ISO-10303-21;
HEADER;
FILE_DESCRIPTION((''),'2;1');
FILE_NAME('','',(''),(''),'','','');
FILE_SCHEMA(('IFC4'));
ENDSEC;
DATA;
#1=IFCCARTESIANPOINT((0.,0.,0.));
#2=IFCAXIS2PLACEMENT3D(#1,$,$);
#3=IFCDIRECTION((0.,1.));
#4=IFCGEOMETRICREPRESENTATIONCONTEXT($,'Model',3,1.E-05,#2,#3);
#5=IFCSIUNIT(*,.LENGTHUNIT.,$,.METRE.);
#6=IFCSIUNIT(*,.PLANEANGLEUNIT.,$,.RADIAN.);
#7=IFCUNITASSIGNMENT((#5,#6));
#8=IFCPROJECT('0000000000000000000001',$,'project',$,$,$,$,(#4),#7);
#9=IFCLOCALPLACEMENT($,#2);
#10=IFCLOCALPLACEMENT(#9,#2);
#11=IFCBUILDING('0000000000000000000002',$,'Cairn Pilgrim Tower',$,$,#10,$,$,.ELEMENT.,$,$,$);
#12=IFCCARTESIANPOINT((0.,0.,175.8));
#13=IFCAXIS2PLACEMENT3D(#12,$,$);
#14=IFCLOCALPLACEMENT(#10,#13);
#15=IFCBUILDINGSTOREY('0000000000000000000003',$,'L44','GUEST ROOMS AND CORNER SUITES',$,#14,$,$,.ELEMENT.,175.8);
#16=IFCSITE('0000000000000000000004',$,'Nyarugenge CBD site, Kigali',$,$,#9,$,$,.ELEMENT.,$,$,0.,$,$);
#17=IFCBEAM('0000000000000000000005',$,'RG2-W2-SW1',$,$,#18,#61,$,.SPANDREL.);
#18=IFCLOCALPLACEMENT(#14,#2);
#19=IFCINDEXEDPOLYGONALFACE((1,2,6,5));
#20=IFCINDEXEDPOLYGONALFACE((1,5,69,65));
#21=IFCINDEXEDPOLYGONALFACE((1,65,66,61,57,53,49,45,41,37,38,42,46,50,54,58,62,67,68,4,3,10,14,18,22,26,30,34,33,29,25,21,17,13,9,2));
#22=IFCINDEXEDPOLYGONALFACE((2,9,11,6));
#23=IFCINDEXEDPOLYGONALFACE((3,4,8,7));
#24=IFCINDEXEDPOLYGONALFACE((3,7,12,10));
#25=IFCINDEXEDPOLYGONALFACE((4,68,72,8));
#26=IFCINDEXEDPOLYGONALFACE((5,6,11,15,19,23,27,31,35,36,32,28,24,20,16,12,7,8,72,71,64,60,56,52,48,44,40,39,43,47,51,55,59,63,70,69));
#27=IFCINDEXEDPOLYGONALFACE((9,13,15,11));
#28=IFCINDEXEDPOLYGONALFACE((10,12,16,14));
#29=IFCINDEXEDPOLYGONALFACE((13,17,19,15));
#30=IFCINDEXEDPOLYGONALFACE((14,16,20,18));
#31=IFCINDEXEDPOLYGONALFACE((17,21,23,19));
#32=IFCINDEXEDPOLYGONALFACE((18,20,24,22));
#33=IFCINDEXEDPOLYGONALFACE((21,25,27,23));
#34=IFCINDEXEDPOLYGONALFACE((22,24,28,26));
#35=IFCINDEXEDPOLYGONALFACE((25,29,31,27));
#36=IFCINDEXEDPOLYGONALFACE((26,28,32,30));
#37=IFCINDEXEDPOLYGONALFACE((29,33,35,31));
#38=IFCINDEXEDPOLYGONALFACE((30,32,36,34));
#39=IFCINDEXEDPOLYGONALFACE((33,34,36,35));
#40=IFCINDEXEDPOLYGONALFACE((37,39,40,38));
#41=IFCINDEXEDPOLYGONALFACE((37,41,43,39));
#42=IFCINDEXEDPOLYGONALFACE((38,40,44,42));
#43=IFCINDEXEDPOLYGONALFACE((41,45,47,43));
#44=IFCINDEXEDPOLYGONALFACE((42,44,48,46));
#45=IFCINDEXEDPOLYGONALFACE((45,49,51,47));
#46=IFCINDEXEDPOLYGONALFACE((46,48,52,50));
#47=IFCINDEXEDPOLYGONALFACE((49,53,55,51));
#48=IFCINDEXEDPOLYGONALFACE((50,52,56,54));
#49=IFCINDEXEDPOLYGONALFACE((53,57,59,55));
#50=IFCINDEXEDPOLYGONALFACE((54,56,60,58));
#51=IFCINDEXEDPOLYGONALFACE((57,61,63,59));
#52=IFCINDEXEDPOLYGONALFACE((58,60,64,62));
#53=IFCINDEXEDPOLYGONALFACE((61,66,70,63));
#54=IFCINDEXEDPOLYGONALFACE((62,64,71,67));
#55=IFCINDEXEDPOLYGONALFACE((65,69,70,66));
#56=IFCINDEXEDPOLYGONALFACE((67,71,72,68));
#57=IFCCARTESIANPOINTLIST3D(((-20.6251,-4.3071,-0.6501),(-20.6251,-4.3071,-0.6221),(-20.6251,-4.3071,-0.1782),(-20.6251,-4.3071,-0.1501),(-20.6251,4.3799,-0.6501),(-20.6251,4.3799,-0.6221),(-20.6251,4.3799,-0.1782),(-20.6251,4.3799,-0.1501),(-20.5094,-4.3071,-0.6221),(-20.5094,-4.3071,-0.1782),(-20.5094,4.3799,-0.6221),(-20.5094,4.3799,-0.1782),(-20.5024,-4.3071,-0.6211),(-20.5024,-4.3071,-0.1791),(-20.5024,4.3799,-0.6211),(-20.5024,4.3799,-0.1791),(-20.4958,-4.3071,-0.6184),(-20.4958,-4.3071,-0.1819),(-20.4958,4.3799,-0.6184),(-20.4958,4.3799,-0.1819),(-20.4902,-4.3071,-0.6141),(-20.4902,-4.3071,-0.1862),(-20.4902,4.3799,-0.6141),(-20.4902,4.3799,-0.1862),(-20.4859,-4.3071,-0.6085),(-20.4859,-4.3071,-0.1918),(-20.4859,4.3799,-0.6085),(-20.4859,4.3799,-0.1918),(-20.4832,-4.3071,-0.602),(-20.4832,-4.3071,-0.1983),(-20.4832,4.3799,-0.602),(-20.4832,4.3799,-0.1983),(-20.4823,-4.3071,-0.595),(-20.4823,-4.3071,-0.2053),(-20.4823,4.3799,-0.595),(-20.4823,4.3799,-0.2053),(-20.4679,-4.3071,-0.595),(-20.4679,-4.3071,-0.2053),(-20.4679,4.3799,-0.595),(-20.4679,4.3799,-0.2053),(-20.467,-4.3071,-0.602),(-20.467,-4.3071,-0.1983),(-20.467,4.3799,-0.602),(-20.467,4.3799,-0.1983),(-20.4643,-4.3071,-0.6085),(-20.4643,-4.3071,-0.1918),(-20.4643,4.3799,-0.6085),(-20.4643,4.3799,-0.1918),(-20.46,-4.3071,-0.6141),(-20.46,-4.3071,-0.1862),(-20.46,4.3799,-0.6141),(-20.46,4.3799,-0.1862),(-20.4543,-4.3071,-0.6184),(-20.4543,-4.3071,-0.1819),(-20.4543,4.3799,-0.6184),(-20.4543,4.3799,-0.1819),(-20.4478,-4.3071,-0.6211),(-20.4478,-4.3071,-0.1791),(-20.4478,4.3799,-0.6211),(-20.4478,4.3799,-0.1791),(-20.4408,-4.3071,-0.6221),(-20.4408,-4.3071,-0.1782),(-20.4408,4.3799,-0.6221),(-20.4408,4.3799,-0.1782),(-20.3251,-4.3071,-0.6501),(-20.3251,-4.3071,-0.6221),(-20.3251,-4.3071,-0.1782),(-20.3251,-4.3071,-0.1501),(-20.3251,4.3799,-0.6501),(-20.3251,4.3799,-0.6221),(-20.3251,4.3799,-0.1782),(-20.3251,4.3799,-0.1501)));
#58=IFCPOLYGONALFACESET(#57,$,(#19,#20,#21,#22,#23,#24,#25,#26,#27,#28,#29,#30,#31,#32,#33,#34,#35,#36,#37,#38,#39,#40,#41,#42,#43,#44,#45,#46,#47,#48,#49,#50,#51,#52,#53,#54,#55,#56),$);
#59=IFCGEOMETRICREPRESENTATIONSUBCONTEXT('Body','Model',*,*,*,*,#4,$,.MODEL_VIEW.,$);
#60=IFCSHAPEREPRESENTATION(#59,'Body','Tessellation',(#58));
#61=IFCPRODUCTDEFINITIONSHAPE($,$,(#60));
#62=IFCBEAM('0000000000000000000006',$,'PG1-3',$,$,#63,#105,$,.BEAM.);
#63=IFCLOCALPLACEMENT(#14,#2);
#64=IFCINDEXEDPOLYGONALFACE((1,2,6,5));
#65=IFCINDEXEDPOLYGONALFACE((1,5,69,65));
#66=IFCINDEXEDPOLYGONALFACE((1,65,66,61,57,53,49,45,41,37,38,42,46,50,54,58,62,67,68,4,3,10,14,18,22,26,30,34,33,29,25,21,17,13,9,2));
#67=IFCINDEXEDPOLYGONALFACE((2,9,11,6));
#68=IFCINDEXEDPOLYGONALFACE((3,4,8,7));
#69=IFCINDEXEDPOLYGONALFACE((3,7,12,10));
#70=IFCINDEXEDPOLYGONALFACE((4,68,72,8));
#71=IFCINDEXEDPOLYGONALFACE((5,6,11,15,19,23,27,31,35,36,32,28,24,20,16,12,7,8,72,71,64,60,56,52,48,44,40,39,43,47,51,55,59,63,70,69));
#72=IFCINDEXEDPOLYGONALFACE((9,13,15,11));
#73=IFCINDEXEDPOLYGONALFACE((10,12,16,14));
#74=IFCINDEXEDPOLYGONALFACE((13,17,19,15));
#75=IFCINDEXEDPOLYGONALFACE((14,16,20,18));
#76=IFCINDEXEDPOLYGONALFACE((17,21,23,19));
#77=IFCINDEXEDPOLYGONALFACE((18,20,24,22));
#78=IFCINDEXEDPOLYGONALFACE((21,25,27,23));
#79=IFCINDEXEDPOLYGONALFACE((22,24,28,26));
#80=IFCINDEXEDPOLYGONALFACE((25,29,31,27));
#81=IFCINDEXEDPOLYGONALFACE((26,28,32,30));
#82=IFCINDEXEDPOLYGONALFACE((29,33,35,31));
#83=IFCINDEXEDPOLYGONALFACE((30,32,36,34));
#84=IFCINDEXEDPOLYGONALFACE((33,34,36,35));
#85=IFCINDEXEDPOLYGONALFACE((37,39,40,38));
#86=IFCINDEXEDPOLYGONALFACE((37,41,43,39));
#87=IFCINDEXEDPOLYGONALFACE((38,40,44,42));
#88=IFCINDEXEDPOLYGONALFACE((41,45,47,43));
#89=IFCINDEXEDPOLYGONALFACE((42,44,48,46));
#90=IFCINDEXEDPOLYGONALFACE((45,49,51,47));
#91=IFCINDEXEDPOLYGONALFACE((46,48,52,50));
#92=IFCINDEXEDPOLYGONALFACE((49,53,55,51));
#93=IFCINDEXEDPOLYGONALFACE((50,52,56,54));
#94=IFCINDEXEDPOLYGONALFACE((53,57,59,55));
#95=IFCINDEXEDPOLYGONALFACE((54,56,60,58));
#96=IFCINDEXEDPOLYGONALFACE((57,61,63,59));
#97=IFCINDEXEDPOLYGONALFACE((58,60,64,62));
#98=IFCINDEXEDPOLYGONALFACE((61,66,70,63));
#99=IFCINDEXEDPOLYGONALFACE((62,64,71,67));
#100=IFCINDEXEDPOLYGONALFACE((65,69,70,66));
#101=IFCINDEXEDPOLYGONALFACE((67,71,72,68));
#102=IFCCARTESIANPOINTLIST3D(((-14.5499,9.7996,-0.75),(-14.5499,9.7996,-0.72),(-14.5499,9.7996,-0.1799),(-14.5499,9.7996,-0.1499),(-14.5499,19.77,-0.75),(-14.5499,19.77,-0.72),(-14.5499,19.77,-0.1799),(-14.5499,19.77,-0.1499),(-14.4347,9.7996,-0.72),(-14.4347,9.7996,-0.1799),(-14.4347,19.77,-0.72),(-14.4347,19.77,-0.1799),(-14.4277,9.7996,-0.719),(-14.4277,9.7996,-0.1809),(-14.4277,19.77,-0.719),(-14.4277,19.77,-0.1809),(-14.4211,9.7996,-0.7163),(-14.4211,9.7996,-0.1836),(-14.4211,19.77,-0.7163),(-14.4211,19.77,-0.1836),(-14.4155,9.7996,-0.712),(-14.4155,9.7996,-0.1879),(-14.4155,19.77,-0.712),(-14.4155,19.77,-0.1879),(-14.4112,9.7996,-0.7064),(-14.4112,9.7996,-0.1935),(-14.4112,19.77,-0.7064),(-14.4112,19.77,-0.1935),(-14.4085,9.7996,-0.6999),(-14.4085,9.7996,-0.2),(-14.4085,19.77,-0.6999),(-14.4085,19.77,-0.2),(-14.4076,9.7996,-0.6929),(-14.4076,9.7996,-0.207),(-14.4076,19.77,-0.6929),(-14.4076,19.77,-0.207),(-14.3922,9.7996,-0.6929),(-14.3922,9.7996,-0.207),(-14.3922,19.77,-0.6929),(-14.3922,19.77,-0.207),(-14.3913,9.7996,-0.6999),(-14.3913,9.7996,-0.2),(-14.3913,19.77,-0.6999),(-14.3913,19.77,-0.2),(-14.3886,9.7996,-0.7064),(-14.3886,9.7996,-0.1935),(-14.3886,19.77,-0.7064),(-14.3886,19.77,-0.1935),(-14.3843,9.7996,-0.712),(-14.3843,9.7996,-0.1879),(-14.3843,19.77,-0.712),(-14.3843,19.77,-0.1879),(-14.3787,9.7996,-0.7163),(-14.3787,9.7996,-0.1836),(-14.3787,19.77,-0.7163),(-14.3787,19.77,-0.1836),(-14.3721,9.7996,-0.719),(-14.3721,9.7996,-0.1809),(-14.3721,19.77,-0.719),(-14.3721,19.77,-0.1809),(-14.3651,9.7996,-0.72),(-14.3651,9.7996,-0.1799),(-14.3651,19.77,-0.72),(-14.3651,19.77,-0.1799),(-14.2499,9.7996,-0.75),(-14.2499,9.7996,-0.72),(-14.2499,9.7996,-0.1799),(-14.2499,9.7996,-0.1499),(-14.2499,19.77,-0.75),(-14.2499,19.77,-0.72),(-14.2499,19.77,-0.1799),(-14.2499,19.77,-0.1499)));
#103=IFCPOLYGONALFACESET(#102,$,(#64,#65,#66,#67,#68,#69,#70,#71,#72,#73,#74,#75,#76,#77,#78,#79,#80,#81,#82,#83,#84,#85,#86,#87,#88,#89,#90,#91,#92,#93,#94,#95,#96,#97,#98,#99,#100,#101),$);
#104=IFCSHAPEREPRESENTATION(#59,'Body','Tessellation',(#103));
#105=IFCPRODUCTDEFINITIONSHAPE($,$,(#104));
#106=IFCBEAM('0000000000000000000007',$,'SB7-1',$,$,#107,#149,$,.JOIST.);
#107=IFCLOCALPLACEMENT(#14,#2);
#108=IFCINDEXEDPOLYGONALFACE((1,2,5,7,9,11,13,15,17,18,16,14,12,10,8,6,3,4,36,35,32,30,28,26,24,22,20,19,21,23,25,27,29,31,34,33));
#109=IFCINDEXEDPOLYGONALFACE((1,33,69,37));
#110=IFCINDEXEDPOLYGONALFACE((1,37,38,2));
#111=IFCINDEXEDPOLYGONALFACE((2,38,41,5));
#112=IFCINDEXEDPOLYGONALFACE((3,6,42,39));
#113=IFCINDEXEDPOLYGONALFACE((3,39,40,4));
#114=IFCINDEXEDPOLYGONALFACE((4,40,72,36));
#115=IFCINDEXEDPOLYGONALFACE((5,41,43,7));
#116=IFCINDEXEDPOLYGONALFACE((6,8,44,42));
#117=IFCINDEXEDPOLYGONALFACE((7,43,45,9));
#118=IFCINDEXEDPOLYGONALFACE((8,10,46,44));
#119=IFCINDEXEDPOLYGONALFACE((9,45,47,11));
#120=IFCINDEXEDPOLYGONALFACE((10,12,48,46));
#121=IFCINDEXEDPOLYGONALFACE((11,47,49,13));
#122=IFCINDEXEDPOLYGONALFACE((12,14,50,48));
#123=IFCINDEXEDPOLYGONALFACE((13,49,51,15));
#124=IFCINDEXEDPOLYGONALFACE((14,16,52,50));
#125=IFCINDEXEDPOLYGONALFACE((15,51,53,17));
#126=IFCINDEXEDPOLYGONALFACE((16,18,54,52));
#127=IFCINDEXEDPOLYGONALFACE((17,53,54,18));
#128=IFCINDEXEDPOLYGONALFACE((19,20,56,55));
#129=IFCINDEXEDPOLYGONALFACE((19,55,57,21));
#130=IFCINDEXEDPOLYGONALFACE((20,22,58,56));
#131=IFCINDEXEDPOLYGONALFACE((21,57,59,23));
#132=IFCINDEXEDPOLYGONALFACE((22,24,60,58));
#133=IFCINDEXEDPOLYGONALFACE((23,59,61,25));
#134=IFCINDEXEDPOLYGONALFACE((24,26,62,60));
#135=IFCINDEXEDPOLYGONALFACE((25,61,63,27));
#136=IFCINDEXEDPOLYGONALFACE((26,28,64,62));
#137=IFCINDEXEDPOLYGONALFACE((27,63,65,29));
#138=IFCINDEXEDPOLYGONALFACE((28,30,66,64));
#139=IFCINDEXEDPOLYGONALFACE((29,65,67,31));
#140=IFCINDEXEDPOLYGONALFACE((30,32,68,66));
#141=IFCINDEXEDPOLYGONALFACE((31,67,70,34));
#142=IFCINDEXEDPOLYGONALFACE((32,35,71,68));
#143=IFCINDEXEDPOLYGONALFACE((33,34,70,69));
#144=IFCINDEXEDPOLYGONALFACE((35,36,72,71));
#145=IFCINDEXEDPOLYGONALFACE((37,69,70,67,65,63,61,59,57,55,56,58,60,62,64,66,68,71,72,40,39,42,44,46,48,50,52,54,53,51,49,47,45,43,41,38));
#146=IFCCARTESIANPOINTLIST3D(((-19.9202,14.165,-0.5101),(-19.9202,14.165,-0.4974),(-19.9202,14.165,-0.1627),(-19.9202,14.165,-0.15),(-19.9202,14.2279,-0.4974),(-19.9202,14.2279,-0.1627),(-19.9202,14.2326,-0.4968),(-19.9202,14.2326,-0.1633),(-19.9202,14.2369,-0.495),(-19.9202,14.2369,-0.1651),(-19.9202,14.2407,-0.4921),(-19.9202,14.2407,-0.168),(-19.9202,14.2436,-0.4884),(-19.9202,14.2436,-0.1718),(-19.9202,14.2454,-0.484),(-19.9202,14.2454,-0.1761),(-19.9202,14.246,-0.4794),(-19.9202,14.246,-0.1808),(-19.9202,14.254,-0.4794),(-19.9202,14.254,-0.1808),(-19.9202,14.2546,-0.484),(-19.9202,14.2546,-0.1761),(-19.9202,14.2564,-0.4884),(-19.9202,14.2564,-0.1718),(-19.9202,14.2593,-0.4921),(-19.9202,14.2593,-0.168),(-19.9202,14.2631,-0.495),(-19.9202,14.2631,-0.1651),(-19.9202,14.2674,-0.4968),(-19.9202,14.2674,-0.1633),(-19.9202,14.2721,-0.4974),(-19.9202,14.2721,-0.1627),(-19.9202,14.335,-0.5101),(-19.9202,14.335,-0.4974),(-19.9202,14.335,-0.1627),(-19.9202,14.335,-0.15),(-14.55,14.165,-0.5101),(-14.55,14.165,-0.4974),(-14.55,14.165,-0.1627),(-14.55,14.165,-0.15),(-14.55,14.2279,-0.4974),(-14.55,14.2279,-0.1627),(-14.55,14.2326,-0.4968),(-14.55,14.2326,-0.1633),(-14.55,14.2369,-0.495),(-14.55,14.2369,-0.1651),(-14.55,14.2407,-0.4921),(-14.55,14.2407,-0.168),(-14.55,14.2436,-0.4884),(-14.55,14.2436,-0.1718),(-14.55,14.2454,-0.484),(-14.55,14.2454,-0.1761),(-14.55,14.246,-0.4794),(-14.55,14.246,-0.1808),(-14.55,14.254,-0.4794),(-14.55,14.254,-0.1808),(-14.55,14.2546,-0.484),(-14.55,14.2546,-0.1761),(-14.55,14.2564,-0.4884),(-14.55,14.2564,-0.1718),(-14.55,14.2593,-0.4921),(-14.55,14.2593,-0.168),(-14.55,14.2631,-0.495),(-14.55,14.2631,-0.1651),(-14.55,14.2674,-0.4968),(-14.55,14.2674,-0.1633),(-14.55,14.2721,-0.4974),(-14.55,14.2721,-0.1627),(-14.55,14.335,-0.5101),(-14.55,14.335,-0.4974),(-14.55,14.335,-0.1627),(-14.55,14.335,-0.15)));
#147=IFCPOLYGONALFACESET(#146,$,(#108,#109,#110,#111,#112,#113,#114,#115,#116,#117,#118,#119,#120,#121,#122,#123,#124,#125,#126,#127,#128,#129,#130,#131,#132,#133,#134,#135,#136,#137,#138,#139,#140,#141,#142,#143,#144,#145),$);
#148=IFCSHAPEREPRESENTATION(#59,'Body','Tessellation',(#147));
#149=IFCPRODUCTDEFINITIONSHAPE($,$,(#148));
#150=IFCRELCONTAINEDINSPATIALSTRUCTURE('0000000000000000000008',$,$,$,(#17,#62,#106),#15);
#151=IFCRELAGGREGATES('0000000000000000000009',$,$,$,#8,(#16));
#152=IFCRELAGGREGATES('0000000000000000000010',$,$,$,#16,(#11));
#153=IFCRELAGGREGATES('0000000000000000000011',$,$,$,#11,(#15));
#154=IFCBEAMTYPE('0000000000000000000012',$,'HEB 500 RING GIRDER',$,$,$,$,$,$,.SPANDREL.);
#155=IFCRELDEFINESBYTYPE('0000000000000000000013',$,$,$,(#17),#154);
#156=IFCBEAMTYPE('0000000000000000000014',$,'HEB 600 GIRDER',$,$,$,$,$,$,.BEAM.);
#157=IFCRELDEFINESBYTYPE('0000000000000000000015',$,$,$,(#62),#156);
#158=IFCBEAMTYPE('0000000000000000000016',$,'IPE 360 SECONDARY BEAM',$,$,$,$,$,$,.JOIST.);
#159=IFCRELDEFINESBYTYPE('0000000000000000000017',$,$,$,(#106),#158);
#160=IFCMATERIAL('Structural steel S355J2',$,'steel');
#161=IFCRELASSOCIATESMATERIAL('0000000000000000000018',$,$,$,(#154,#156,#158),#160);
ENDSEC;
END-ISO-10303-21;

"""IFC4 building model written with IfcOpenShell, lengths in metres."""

from ifc_helpers import new_model, si_unit, direction, frame, origin, origin_2d, place, context, subcontext, project, spatial, i_section, extrude, material, material_profile, profile_set, type_object, element, save


model = new_model("IFC4")

# Units and contexts
model_context = context("Model", 3, precision=1e-05, world=origin(), true_north=direction((0.0, 1.0)))
body_context = subcontext(model_context, "Body", "Model", "MODEL_VIEW")
ifc_project = project(units=[si_unit("LENGTHUNIT", "METRE"), si_unit("PLANEANGLEUNIT", "RADIAN")], contexts=[model_context])

# Site, building, storey
site_placement = place(None, origin())
site = spatial("IfcSite", under=ifc_project, at=site_placement, Name="Nyarugenge CBD site, Kigali", CompositionType="ELEMENT", RefElevation=0.0)
building_placement = place(site_placement, origin())
building = spatial("IfcBuilding", under=site, at=building_placement, Name="Cairn Pilgrim Tower", CompositionType="ELEMENT")
storey_placement = place(building_placement, frame((0.0, 0.0, 175.8)))
storey = spatial("IfcBuildingStorey", under=building, at=storey_placement, Name="L44", Description="GUEST ROOMS AND CORNER SUITES", CompositionType="ELEMENT", Elevation=175.8)

# Shared definitions
ifc_material_1 = material(Name="Structural steel S355J2", Category="steel")

# Beams
ifc_material_profile_1 = material_profile(ifc_material_1, i_section(OverallWidth=0.3, OverallDepth=0.5, WebThickness=0.0144, FlangeThickness=0.0281, FilletRadius=0.0271, at=origin_2d()), Name="HEB 500")
ifc_profile_set_1 = profile_set([ifc_material_profile_1], Name="Structural steel S355J2")
beam_type_1 = type_object("IfcBeamType", Name="HEB 500 RING GIRDER", PredefinedType="SPANDREL", material=ifc_profile_set_1)
beam_1_placement = place(storey_placement, frame((-20.4751, 4.3799, -0.4001), z_axis=(0.0, -1.0, 0.0), x_axis=(1.0, 0.0, 0.0)))
element("IfcBeam", 1, at=beam_1_placement, inside=storey, type_object=beam_type_1, Name="RG2-W2-SW1", PredefinedType="SPANDREL", context=body_context, shape_type="SweptSolid", body=[
    extrude(i_section(OverallWidth=0.3, OverallDepth=0.5, WebThickness=0.0144, FlangeThickness=0.0281, FilletRadius=0.0271, at=origin_2d()), origin(), (0.0, 0.0, 1.0), 8.687),
])
ifc_material_profile_2 = material_profile(ifc_material_1, i_section(OverallWidth=0.3, OverallDepth=0.6001, WebThickness=0.0154, FlangeThickness=0.03, FilletRadius=0.0271, at=origin_2d()), Name="HEB 600")
ifc_profile_set_2 = profile_set([ifc_material_profile_2], Name="Structural steel S355J2")
beam_type_2 = type_object("IfcBeamType", Name="HEB 600 GIRDER", PredefinedType="BEAM", material=ifc_profile_set_2)
beam_2_placement = place(storey_placement, frame((-14.3999, 9.7996, -0.45), z_axis=(0.0, 1.0, 0.0), x_axis=(-1.0, 0.0, 0.0)))
element("IfcBeam", 2, at=beam_2_placement, inside=storey, type_object=beam_type_2, Name="PG1-3", PredefinedType="BEAM", context=body_context, shape_type="SweptSolid", body=[
    extrude(i_section(OverallWidth=0.3, OverallDepth=0.6001, WebThickness=0.0154, FlangeThickness=0.03, FilletRadius=0.0271, at=origin_2d()), origin(), (0.0, 0.0, 1.0), 9.9705),
])
ifc_material_profile_3 = material_profile(ifc_material_1, i_section(OverallWidth=0.1699, OverallDepth=0.3601, WebThickness=0.0081, FlangeThickness=0.0127, FilletRadius=0.0181, at=origin_2d()), Name="IPE 360")
ifc_profile_set_3 = profile_set([ifc_material_profile_3], Name="Structural steel S355J2")
beam_type_3 = type_object("IfcBeamType", Name="IPE 360 SECONDARY BEAM", PredefinedType="JOIST", material=ifc_profile_set_3)
beam_3_placement = place(storey_placement, frame((-19.9202, 14.25, -0.3301), z_axis=(1.0, 0.0, 0.0), x_axis=(0.0, 1.0, 0.0)))
element("IfcBeam", 3, at=beam_3_placement, inside=storey, type_object=beam_type_3, Name="SB7-1", PredefinedType="JOIST", context=body_context, shape_type="SweptSolid", body=[
    extrude(i_section(OverallWidth=0.1699, OverallDepth=0.3601, WebThickness=0.0081, FlangeThickness=0.0127, FilletRadius=0.0181, at=origin_2d()), origin(), (0.0, 0.0, 1.0), 5.3701),
])

save(model, "model.ifc")
